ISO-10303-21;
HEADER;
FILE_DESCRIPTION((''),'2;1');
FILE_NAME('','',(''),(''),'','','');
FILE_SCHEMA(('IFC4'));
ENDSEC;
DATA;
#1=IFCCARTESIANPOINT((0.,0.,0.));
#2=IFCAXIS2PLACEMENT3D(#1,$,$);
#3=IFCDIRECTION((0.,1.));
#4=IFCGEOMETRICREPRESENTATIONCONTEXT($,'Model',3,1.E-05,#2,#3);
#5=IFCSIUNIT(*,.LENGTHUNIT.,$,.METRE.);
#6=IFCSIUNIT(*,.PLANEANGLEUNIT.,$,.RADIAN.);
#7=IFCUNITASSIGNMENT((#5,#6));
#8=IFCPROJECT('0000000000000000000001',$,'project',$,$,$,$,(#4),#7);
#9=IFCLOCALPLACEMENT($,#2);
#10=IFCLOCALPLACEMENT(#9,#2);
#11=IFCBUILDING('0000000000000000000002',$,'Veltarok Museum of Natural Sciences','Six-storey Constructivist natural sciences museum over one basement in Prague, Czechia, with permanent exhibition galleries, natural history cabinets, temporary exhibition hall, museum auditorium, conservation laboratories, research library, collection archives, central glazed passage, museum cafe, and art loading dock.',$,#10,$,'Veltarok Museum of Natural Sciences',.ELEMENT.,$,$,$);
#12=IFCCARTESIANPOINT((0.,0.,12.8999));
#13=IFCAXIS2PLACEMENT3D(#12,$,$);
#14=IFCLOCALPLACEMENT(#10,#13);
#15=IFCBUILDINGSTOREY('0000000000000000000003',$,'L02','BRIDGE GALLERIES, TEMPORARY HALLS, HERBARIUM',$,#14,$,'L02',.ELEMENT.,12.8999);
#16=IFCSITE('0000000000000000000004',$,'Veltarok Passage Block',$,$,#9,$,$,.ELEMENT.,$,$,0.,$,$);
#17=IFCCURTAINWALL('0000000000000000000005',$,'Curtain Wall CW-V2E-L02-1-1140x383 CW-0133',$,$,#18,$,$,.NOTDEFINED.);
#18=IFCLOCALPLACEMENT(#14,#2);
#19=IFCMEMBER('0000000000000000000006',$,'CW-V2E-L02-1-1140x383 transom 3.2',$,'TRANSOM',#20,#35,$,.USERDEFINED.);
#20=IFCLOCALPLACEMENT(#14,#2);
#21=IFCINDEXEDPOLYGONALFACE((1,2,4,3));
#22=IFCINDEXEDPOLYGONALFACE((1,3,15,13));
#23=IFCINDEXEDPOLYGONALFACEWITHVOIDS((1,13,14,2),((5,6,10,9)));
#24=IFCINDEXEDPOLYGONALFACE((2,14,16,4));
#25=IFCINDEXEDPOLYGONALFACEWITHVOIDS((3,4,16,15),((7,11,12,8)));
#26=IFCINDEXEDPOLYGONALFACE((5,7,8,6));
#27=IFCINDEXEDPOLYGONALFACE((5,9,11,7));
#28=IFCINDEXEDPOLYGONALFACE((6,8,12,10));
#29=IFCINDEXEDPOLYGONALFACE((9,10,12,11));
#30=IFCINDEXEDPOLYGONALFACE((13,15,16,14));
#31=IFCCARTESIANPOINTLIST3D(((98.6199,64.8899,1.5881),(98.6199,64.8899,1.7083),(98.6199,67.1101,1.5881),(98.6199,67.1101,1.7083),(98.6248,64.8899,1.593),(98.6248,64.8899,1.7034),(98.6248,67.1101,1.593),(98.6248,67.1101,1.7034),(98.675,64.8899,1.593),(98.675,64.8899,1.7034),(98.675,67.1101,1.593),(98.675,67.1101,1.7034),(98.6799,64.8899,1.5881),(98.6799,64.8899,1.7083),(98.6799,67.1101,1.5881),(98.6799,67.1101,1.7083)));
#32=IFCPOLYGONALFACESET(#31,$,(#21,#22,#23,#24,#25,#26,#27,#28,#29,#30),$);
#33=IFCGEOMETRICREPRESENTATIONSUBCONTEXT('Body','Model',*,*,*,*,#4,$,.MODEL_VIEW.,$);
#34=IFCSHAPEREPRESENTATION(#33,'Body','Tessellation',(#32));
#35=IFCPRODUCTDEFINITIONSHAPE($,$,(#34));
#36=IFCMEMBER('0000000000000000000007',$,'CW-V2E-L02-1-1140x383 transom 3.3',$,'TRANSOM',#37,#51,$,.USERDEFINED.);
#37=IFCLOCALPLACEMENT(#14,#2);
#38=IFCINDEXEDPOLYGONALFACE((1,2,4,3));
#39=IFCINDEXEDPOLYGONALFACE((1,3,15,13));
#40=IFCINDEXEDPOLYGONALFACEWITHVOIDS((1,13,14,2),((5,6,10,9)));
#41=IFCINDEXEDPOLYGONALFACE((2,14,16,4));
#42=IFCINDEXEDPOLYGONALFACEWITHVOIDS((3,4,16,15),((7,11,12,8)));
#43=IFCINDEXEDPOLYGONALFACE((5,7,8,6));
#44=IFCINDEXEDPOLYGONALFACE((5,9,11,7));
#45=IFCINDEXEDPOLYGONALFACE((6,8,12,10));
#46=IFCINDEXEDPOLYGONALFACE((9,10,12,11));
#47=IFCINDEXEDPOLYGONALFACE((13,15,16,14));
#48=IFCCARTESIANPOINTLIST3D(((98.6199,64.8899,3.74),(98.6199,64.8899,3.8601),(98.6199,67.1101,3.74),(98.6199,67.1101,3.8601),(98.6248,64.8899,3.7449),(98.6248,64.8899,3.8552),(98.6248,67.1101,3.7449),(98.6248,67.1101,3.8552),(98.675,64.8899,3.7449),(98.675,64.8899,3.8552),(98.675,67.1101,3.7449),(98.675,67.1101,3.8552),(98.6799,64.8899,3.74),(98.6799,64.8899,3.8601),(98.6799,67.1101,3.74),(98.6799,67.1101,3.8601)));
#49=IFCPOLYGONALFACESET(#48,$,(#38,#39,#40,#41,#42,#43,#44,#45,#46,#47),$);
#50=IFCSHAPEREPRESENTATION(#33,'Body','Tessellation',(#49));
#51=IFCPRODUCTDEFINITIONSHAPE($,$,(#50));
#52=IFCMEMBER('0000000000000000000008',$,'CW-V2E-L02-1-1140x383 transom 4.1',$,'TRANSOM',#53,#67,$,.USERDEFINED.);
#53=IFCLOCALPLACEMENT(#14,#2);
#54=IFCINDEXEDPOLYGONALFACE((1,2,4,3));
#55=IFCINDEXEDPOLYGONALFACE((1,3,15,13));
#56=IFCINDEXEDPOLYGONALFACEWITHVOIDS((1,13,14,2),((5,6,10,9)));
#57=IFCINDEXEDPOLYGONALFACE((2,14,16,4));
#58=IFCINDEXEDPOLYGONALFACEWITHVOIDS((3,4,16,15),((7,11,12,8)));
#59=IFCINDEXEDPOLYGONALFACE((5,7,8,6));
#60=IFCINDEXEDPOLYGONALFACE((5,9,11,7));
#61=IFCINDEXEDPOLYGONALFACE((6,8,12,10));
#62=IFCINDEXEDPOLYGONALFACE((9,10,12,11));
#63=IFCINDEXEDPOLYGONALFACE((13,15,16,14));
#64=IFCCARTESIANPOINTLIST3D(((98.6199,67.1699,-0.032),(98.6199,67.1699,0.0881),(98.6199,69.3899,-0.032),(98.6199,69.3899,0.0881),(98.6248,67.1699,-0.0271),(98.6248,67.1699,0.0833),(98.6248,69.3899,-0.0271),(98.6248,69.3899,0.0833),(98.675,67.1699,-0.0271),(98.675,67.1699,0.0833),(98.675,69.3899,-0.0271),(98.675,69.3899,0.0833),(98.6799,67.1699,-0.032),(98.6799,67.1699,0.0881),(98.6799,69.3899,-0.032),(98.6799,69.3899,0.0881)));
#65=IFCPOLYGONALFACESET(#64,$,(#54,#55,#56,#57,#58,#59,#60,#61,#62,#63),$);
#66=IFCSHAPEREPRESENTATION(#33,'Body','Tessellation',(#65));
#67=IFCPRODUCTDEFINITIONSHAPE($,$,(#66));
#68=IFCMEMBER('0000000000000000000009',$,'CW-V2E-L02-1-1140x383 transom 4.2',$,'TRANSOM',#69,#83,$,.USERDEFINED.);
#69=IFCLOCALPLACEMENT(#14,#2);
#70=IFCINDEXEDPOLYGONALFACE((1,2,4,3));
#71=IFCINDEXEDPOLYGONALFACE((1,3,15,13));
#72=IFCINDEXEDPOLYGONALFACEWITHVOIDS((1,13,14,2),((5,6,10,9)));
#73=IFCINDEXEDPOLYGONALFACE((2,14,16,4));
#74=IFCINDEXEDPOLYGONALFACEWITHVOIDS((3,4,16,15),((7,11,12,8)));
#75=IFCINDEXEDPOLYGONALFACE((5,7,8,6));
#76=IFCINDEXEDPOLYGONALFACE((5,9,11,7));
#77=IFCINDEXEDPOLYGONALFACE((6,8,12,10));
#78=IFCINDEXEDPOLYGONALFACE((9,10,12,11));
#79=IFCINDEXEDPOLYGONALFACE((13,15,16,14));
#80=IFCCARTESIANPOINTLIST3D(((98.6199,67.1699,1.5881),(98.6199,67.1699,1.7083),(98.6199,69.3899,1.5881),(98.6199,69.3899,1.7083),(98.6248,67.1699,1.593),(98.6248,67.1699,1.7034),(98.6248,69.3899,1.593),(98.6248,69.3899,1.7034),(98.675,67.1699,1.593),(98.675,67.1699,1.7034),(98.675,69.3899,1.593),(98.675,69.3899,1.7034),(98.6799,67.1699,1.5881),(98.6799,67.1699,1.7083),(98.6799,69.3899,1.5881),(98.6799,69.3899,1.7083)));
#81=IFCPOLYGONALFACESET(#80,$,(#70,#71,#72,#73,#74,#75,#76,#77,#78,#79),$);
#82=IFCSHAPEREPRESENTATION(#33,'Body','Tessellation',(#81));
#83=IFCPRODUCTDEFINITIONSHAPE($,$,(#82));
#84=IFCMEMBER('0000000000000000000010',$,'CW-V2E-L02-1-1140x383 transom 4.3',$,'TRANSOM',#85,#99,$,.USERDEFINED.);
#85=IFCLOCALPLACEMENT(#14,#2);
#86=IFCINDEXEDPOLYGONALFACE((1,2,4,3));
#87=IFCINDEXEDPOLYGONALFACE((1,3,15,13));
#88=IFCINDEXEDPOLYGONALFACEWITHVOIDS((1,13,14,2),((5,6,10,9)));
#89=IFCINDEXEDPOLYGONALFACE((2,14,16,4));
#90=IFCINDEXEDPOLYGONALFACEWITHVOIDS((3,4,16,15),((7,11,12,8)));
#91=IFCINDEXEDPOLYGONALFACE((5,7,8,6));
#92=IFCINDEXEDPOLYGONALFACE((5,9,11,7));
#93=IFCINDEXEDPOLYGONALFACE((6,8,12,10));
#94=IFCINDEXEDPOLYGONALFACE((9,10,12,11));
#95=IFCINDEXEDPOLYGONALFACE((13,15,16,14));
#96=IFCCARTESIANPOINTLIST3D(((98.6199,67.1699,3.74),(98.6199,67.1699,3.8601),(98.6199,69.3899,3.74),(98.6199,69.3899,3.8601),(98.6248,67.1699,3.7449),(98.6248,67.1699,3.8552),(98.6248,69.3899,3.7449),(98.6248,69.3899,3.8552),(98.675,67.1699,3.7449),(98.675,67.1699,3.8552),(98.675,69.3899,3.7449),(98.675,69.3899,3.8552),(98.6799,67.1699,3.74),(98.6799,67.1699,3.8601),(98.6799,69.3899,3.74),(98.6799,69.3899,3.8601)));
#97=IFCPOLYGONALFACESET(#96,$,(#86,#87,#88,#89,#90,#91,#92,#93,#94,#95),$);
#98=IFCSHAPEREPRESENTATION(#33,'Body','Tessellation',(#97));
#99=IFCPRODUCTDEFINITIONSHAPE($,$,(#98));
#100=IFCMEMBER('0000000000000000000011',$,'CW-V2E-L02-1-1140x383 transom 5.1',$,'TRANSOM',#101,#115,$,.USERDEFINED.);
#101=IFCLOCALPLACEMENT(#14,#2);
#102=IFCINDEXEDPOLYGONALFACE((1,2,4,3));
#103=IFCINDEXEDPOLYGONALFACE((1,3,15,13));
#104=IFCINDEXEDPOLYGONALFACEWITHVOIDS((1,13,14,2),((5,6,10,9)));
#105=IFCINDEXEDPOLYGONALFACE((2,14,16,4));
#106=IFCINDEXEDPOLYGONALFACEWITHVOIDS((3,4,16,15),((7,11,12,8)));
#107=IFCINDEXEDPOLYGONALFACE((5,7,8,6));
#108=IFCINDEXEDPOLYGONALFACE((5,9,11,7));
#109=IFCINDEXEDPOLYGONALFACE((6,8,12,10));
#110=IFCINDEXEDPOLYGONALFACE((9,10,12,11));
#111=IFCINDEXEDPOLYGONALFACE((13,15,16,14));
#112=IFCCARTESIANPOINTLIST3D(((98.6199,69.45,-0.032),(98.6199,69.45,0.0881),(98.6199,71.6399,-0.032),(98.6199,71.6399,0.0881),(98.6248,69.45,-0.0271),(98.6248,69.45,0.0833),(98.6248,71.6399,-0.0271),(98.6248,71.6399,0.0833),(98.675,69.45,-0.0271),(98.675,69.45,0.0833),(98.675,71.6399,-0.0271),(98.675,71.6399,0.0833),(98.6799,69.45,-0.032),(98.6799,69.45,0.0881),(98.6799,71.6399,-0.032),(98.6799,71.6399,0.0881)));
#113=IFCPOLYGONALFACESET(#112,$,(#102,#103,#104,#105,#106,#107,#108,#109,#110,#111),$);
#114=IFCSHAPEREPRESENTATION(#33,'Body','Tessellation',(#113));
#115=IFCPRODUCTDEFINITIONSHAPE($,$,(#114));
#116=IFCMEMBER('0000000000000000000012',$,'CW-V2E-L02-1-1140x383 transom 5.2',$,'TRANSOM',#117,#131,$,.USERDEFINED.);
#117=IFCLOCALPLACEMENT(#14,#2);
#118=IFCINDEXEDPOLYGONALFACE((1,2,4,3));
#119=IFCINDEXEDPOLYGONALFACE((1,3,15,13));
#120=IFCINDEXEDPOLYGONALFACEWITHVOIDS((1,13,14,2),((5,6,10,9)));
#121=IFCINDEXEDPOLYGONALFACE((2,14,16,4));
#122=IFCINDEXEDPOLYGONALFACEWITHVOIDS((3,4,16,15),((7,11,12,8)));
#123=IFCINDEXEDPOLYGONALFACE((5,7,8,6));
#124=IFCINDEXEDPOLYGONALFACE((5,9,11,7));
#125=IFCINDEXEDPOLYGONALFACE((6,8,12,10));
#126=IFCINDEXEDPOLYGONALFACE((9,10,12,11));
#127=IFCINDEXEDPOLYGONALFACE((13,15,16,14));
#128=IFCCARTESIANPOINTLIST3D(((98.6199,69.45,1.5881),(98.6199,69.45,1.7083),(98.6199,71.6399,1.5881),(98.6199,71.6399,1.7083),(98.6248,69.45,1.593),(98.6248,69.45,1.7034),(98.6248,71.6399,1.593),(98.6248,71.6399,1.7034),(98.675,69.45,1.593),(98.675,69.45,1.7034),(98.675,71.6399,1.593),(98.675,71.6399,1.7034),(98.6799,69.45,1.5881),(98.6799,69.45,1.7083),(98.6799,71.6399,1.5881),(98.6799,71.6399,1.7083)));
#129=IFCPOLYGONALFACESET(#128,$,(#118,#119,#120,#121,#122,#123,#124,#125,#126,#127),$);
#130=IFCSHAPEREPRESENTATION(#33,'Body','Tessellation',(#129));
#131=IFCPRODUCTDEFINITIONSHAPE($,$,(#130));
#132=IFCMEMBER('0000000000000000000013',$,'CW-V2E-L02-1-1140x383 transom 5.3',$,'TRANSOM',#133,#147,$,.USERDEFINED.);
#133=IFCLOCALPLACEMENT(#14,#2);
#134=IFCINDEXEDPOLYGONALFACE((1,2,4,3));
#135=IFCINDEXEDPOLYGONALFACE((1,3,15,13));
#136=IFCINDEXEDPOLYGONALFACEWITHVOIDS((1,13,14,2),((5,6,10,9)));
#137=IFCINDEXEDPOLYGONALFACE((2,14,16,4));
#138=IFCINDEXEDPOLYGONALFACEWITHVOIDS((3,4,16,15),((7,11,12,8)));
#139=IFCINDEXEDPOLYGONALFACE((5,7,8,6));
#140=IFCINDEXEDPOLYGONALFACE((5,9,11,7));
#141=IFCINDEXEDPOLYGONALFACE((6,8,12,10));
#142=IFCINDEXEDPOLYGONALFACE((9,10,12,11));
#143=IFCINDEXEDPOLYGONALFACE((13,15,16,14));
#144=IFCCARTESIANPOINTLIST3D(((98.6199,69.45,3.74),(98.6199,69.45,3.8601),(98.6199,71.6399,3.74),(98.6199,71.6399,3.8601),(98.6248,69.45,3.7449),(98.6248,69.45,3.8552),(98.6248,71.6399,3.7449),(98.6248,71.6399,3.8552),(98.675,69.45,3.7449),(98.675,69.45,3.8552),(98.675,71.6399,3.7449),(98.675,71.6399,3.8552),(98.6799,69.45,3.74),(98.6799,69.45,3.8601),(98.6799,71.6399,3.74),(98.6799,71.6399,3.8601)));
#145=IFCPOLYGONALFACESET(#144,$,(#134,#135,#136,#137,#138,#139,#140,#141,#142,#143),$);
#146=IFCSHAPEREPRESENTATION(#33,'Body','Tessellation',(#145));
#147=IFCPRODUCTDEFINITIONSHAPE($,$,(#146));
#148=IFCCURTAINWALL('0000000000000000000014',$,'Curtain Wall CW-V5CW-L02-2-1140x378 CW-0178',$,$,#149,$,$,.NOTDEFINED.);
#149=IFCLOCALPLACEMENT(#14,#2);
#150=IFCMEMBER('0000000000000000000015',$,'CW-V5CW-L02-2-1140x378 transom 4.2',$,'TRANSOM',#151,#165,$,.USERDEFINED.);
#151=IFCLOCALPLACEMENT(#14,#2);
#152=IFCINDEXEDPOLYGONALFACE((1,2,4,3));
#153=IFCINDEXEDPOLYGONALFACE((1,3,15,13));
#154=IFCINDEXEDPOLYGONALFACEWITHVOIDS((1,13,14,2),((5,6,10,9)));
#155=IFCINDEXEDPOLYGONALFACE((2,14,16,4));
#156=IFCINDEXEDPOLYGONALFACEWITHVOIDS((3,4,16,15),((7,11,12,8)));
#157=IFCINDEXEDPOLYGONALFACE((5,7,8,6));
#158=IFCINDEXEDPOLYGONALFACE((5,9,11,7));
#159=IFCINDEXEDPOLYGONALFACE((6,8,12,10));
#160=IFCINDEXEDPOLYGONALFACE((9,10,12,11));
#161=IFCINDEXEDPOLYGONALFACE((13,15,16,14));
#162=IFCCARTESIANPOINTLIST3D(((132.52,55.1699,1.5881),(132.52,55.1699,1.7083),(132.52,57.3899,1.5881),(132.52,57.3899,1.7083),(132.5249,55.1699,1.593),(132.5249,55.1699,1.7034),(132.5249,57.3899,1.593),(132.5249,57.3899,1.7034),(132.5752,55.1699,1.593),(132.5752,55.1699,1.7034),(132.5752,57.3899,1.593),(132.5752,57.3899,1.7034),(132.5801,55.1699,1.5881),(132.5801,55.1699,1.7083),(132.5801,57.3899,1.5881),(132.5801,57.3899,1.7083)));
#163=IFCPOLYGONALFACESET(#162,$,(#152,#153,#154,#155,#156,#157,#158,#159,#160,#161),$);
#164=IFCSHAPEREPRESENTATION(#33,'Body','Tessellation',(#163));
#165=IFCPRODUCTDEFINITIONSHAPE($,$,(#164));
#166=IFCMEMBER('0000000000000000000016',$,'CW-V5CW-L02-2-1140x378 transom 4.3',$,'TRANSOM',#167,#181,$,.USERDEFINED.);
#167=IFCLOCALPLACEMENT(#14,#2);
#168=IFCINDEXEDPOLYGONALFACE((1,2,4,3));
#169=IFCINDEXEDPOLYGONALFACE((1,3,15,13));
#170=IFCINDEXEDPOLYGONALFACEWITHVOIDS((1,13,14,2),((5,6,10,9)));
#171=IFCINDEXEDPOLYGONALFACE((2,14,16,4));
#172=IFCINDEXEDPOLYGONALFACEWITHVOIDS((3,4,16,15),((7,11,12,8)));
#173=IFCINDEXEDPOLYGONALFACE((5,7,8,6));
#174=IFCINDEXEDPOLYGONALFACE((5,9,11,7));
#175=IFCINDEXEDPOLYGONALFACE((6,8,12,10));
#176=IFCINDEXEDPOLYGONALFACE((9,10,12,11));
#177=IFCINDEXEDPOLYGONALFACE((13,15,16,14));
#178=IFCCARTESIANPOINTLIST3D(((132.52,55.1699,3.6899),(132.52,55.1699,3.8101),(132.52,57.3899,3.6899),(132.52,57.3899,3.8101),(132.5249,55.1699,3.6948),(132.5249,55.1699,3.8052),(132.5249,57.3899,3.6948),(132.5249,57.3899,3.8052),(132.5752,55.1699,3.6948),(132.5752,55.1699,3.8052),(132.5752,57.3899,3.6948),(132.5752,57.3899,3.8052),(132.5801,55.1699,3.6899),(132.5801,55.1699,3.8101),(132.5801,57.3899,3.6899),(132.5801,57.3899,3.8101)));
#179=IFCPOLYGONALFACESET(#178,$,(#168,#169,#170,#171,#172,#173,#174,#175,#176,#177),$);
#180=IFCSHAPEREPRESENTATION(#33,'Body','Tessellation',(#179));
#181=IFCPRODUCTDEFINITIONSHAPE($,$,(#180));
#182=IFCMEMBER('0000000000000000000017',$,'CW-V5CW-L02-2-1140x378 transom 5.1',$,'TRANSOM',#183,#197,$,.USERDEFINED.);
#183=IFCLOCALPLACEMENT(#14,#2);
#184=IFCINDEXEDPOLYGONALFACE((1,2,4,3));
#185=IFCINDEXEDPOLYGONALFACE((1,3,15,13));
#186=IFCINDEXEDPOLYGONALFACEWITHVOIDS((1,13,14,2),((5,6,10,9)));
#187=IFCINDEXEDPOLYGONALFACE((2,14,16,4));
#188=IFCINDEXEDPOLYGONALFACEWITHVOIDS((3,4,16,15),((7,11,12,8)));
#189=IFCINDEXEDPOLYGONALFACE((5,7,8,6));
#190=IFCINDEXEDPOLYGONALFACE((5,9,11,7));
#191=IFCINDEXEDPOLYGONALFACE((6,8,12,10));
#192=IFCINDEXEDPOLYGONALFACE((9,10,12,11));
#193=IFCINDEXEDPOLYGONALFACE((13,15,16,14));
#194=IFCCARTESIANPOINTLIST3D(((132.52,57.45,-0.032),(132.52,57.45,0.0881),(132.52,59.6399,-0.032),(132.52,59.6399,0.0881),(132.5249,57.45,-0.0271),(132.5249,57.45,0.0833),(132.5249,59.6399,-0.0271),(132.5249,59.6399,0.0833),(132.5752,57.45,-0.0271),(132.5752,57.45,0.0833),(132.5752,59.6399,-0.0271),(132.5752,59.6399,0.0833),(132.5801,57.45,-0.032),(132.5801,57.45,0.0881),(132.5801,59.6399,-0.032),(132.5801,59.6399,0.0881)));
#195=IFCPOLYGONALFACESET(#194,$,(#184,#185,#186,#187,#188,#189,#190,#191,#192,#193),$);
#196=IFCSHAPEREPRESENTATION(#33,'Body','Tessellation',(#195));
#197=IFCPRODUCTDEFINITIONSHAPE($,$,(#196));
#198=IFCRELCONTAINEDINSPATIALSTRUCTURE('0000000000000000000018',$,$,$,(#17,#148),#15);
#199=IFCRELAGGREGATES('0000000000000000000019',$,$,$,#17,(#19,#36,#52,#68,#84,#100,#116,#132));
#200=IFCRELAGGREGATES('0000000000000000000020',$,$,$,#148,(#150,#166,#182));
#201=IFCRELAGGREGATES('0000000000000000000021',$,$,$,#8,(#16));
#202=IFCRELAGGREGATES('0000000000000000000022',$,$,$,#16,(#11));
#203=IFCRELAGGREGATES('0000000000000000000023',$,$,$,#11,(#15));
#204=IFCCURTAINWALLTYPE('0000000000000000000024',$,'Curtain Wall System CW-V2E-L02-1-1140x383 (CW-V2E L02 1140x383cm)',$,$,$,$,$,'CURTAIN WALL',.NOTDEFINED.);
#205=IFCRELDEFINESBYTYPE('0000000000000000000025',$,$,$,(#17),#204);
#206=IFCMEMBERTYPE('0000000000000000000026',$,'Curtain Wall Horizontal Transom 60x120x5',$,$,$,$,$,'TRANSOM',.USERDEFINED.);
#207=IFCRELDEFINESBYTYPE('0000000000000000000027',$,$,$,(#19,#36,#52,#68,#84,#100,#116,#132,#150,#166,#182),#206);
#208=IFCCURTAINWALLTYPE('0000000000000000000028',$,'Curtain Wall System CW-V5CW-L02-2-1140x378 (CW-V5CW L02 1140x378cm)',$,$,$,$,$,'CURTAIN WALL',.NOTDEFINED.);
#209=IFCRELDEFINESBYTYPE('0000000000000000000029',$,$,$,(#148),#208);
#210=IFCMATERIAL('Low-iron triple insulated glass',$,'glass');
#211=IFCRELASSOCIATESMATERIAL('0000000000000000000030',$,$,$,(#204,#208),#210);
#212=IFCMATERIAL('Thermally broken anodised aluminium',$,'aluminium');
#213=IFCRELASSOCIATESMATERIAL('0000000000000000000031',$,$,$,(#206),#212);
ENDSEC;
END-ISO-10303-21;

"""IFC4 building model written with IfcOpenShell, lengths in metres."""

from ifc_helpers import new_model, si_unit, direction, frame, origin, origin_2d, place, context, subcontext, project, spatial, hollow_rectangle, extrude, material, material_profile, profile_set, type_object, element, aggregate, save


model = new_model("IFC4")

# Units and contexts
model_context = context("Model", 3, precision=1e-05, world=origin(), true_north=direction((0.0, 1.0)))
body_context = subcontext(model_context, "Body", "Model", "MODEL_VIEW")
ifc_project = project(units=[si_unit("LENGTHUNIT", "METRE"), si_unit("PLANEANGLEUNIT", "RADIAN")], contexts=[model_context])

# Site, building, storey
site_placement = place(None, origin())
site = spatial("IfcSite", under=ifc_project, at=site_placement, Name="Veltarok Passage Block", CompositionType="ELEMENT", RefElevation=0.0)
building_placement = place(site_placement, origin())
building = spatial("IfcBuilding", under=site, at=building_placement, Name="Veltarok Museum of Natural Sciences", Description="Six-storey Constructivist natural sciences museum over one basement in Prague, Czechia, with permanent exhibition galleries, natural history cabinets, temporary exhibition hall, museum auditorium, conservation laboratories, research library, collection archives, central glazed passage, museum cafe, and art loading dock.", LongName="Veltarok Museum of Natural Sciences", CompositionType="ELEMENT")
storey_placement = place(building_placement, frame((0.0, 0.0, 12.8999)))
storey = spatial("IfcBuildingStorey", under=building, at=storey_placement, Name="L02", Description="BRIDGE GALLERIES, TEMPORARY HALLS, HERBARIUM", LongName="L02", CompositionType="ELEMENT", Elevation=12.8999)

# Curtain walls, members
ifc_material_1 = material(Name="Low-iron triple insulated glass", Category="glass")
curtain_wall_type_1 = type_object("IfcCurtainWallType", Name="Curtain Wall System CW-V2E-L02-1-1140x383 (CW-V2E L02 1140x383cm)", ElementType="CURTAIN WALL", PredefinedType="NOTDEFINED", material=ifc_material_1)
curtain_wall_1_placement = place(storey_placement, origin())
curtain_wall_1 = element("IfcCurtainWall", 1, at=curtain_wall_1_placement, inside=storey, type_object=curtain_wall_type_1, Name="Curtain Wall CW-V2E-L02-1-1140x383 CW-0133", PredefinedType="NOTDEFINED")
ifc_material_2 = material(Name="Thermally broken anodised aluminium", Category="aluminium")
ifc_material_profile_1 = material_profile(ifc_material_2, hollow_rectangle(XDim=0.0601, YDim=0.1201, WallThickness=0.0049, at=origin_2d()), Name="CW TRANSOM 60x120x5")
ifc_profile_set_1 = profile_set([ifc_material_profile_1], Name="Thermally broken anodised aluminium")
member_type_1 = type_object("IfcMemberType", Name="Curtain Wall Horizontal Transom 60x120x5", ElementType="TRANSOM", PredefinedType="USERDEFINED", material=ifc_profile_set_1)
member_1_placement = place(storey_placement, frame((98.6499, 64.8899, 1.6482), z_axis=(0.0, 1.0, 0.0), x_axis=(-1.0, 0.0, 0.0)))
member_1 = element("IfcMember", 2, at=member_1_placement, type_object=member_type_1, Name="CW-V2E-L02-1-1140x383 transom 3.2", ObjectType="TRANSOM", PredefinedType="USERDEFINED", context=body_context, shape_type="SweptSolid", body=[
    extrude(hollow_rectangle(XDim=0.0601, YDim=0.1201, WallThickness=0.0049, at=origin_2d()), origin(), (0.0, 0.0, 1.0), 2.2202),
])
member_2_placement = place(storey_placement, frame((98.6499, 64.8899, 3.8), z_axis=(0.0, 1.0, 0.0), x_axis=(-1.0, 0.0, 0.0)))
member_2 = element("IfcMember", 3, at=member_2_placement, type_object=member_type_1, Name="CW-V2E-L02-1-1140x383 transom 3.3", ObjectType="TRANSOM", PredefinedType="USERDEFINED", context=body_context, shape_type="SweptSolid", body=[
    extrude(hollow_rectangle(XDim=0.0601, YDim=0.1201, WallThickness=0.0049, at=origin_2d()), origin(), (0.0, 0.0, 1.0), 2.2202),
])
member_3_placement = place(storey_placement, frame((98.6499, 67.1699, 0.0281), z_axis=(0.0, 1.0, 0.0), x_axis=(-1.0, 0.0, 0.0)))
member_3 = element("IfcMember", 4, at=member_3_placement, type_object=member_type_1, Name="CW-V2E-L02-1-1140x383 transom 4.1", ObjectType="TRANSOM", PredefinedType="USERDEFINED", context=body_context, shape_type="SweptSolid", body=[
    extrude(hollow_rectangle(XDim=0.0601, YDim=0.1201, WallThickness=0.0049, at=origin_2d()), origin(), (0.0, 0.0, 1.0), 2.22),
])
member_4_placement = place(storey_placement, frame((98.6499, 67.1699, 1.6482), z_axis=(0.0, 1.0, 0.0), x_axis=(-1.0, 0.0, 0.0)))
member_4 = element("IfcMember", 5, at=member_4_placement, type_object=member_type_1, Name="CW-V2E-L02-1-1140x383 transom 4.2", ObjectType="TRANSOM", PredefinedType="USERDEFINED", context=body_context, shape_type="SweptSolid", body=[
    extrude(hollow_rectangle(XDim=0.0601, YDim=0.1201, WallThickness=0.0049, at=origin_2d()), origin(), (0.0, 0.0, 1.0), 2.22),
])
member_5_placement = place(storey_placement, frame((98.6499, 67.1699, 3.8), z_axis=(0.0, 1.0, 0.0), x_axis=(-1.0, 0.0, 0.0)))
member_5 = element("IfcMember", 6, at=member_5_placement, type_object=member_type_1, Name="CW-V2E-L02-1-1140x383 transom 4.3", ObjectType="TRANSOM", PredefinedType="USERDEFINED", context=body_context, shape_type="SweptSolid", body=[
    extrude(hollow_rectangle(XDim=0.0601, YDim=0.1201, WallThickness=0.0049, at=origin_2d()), origin(), (0.0, 0.0, 1.0), 2.22),
])
member_6_placement = place(storey_placement, frame((98.6499, 69.45, 0.0281), z_axis=(0.0, 1.0, 0.0), x_axis=(-1.0, 0.0, 0.0)))
member_6 = element("IfcMember", 7, at=member_6_placement, type_object=member_type_1, Name="CW-V2E-L02-1-1140x383 transom 5.1", ObjectType="TRANSOM", PredefinedType="USERDEFINED", context=body_context, shape_type="SweptSolid", body=[
    extrude(hollow_rectangle(XDim=0.0601, YDim=0.1201, WallThickness=0.0049, at=origin_2d()), origin(), (0.0, 0.0, 1.0), 2.1899),
])
member_7_placement = place(storey_placement, frame((98.6499, 69.45, 1.6482), z_axis=(0.0, 1.0, 0.0), x_axis=(-1.0, 0.0, 0.0)))
member_7 = element("IfcMember", 8, at=member_7_placement, type_object=member_type_1, Name="CW-V2E-L02-1-1140x383 transom 5.2", ObjectType="TRANSOM", PredefinedType="USERDEFINED", context=body_context, shape_type="SweptSolid", body=[
    extrude(hollow_rectangle(XDim=0.0601, YDim=0.1201, WallThickness=0.0049, at=origin_2d()), origin(), (0.0, 0.0, 1.0), 2.1899),
])
member_8_placement = place(storey_placement, frame((98.6499, 69.45, 3.8), z_axis=(0.0, 1.0, 0.0), x_axis=(-1.0, 0.0, 0.0)))
member_8 = element("IfcMember", 9, at=member_8_placement, type_object=member_type_1, Name="CW-V2E-L02-1-1140x383 transom 5.3", ObjectType="TRANSOM", PredefinedType="USERDEFINED", context=body_context, shape_type="SweptSolid", body=[
    extrude(hollow_rectangle(XDim=0.0601, YDim=0.1201, WallThickness=0.0049, at=origin_2d()), origin(), (0.0, 0.0, 1.0), 2.1899),
])
curtain_wall_type_2 = type_object("IfcCurtainWallType", Name="Curtain Wall System CW-V5CW-L02-2-1140x378 (CW-V5CW L02 1140x378cm)", ElementType="CURTAIN WALL", PredefinedType="NOTDEFINED", material=ifc_material_1)
curtain_wall_2_placement = place(storey_placement, origin())
curtain_wall_2 = element("IfcCurtainWall", 10, at=curtain_wall_2_placement, inside=storey, type_object=curtain_wall_type_2, Name="Curtain Wall CW-V5CW-L02-2-1140x378 CW-0178", PredefinedType="NOTDEFINED")
member_9_placement = place(storey_placement, frame((132.55, 55.1699, 1.6482), z_axis=(0.0, 1.0, 0.0), x_axis=(-1.0, 0.0, 0.0)))
member_9 = element("IfcMember", 11, at=member_9_placement, type_object=member_type_1, Name="CW-V5CW-L02-2-1140x378 transom 4.2", ObjectType="TRANSOM", PredefinedType="USERDEFINED", context=body_context, shape_type="SweptSolid", body=[
    extrude(hollow_rectangle(XDim=0.0601, YDim=0.1201, WallThickness=0.0049, at=origin_2d()), origin(), (0.0, 0.0, 1.0), 2.22),
])
member_10_placement = place(storey_placement, frame((132.55, 55.1699, 3.75), z_axis=(0.0, 1.0, 0.0), x_axis=(-1.0, 0.0, 0.0)))
member_10 = element("IfcMember", 12, at=member_10_placement, type_object=member_type_1, Name="CW-V5CW-L02-2-1140x378 transom 4.3", ObjectType="TRANSOM", PredefinedType="USERDEFINED", context=body_context, shape_type="SweptSolid", body=[
    extrude(hollow_rectangle(XDim=0.0601, YDim=0.1201, WallThickness=0.0049, at=origin_2d()), origin(), (0.0, 0.0, 1.0), 2.22),
])
member_11_placement = place(storey_placement, frame((132.55, 57.45, 0.0281), z_axis=(0.0, 1.0, 0.0), x_axis=(-1.0, 0.0, 0.0)))
member_11 = element("IfcMember", 13, at=member_11_placement, type_object=member_type_1, Name="CW-V5CW-L02-2-1140x378 transom 5.1", ObjectType="TRANSOM", PredefinedType="USERDEFINED", context=body_context, shape_type="SweptSolid", body=[
    extrude(hollow_rectangle(XDim=0.0601, YDim=0.1201, WallThickness=0.0049, at=origin_2d()), origin(), (0.0, 0.0, 1.0), 2.1899),
])

aggregate(curtain_wall_1, [member_1, member_2, member_3, member_4, member_5, member_6, member_7, member_8])
aggregate(curtain_wall_2, [member_9, member_10, member_11])

save(model, "model.ifc")
